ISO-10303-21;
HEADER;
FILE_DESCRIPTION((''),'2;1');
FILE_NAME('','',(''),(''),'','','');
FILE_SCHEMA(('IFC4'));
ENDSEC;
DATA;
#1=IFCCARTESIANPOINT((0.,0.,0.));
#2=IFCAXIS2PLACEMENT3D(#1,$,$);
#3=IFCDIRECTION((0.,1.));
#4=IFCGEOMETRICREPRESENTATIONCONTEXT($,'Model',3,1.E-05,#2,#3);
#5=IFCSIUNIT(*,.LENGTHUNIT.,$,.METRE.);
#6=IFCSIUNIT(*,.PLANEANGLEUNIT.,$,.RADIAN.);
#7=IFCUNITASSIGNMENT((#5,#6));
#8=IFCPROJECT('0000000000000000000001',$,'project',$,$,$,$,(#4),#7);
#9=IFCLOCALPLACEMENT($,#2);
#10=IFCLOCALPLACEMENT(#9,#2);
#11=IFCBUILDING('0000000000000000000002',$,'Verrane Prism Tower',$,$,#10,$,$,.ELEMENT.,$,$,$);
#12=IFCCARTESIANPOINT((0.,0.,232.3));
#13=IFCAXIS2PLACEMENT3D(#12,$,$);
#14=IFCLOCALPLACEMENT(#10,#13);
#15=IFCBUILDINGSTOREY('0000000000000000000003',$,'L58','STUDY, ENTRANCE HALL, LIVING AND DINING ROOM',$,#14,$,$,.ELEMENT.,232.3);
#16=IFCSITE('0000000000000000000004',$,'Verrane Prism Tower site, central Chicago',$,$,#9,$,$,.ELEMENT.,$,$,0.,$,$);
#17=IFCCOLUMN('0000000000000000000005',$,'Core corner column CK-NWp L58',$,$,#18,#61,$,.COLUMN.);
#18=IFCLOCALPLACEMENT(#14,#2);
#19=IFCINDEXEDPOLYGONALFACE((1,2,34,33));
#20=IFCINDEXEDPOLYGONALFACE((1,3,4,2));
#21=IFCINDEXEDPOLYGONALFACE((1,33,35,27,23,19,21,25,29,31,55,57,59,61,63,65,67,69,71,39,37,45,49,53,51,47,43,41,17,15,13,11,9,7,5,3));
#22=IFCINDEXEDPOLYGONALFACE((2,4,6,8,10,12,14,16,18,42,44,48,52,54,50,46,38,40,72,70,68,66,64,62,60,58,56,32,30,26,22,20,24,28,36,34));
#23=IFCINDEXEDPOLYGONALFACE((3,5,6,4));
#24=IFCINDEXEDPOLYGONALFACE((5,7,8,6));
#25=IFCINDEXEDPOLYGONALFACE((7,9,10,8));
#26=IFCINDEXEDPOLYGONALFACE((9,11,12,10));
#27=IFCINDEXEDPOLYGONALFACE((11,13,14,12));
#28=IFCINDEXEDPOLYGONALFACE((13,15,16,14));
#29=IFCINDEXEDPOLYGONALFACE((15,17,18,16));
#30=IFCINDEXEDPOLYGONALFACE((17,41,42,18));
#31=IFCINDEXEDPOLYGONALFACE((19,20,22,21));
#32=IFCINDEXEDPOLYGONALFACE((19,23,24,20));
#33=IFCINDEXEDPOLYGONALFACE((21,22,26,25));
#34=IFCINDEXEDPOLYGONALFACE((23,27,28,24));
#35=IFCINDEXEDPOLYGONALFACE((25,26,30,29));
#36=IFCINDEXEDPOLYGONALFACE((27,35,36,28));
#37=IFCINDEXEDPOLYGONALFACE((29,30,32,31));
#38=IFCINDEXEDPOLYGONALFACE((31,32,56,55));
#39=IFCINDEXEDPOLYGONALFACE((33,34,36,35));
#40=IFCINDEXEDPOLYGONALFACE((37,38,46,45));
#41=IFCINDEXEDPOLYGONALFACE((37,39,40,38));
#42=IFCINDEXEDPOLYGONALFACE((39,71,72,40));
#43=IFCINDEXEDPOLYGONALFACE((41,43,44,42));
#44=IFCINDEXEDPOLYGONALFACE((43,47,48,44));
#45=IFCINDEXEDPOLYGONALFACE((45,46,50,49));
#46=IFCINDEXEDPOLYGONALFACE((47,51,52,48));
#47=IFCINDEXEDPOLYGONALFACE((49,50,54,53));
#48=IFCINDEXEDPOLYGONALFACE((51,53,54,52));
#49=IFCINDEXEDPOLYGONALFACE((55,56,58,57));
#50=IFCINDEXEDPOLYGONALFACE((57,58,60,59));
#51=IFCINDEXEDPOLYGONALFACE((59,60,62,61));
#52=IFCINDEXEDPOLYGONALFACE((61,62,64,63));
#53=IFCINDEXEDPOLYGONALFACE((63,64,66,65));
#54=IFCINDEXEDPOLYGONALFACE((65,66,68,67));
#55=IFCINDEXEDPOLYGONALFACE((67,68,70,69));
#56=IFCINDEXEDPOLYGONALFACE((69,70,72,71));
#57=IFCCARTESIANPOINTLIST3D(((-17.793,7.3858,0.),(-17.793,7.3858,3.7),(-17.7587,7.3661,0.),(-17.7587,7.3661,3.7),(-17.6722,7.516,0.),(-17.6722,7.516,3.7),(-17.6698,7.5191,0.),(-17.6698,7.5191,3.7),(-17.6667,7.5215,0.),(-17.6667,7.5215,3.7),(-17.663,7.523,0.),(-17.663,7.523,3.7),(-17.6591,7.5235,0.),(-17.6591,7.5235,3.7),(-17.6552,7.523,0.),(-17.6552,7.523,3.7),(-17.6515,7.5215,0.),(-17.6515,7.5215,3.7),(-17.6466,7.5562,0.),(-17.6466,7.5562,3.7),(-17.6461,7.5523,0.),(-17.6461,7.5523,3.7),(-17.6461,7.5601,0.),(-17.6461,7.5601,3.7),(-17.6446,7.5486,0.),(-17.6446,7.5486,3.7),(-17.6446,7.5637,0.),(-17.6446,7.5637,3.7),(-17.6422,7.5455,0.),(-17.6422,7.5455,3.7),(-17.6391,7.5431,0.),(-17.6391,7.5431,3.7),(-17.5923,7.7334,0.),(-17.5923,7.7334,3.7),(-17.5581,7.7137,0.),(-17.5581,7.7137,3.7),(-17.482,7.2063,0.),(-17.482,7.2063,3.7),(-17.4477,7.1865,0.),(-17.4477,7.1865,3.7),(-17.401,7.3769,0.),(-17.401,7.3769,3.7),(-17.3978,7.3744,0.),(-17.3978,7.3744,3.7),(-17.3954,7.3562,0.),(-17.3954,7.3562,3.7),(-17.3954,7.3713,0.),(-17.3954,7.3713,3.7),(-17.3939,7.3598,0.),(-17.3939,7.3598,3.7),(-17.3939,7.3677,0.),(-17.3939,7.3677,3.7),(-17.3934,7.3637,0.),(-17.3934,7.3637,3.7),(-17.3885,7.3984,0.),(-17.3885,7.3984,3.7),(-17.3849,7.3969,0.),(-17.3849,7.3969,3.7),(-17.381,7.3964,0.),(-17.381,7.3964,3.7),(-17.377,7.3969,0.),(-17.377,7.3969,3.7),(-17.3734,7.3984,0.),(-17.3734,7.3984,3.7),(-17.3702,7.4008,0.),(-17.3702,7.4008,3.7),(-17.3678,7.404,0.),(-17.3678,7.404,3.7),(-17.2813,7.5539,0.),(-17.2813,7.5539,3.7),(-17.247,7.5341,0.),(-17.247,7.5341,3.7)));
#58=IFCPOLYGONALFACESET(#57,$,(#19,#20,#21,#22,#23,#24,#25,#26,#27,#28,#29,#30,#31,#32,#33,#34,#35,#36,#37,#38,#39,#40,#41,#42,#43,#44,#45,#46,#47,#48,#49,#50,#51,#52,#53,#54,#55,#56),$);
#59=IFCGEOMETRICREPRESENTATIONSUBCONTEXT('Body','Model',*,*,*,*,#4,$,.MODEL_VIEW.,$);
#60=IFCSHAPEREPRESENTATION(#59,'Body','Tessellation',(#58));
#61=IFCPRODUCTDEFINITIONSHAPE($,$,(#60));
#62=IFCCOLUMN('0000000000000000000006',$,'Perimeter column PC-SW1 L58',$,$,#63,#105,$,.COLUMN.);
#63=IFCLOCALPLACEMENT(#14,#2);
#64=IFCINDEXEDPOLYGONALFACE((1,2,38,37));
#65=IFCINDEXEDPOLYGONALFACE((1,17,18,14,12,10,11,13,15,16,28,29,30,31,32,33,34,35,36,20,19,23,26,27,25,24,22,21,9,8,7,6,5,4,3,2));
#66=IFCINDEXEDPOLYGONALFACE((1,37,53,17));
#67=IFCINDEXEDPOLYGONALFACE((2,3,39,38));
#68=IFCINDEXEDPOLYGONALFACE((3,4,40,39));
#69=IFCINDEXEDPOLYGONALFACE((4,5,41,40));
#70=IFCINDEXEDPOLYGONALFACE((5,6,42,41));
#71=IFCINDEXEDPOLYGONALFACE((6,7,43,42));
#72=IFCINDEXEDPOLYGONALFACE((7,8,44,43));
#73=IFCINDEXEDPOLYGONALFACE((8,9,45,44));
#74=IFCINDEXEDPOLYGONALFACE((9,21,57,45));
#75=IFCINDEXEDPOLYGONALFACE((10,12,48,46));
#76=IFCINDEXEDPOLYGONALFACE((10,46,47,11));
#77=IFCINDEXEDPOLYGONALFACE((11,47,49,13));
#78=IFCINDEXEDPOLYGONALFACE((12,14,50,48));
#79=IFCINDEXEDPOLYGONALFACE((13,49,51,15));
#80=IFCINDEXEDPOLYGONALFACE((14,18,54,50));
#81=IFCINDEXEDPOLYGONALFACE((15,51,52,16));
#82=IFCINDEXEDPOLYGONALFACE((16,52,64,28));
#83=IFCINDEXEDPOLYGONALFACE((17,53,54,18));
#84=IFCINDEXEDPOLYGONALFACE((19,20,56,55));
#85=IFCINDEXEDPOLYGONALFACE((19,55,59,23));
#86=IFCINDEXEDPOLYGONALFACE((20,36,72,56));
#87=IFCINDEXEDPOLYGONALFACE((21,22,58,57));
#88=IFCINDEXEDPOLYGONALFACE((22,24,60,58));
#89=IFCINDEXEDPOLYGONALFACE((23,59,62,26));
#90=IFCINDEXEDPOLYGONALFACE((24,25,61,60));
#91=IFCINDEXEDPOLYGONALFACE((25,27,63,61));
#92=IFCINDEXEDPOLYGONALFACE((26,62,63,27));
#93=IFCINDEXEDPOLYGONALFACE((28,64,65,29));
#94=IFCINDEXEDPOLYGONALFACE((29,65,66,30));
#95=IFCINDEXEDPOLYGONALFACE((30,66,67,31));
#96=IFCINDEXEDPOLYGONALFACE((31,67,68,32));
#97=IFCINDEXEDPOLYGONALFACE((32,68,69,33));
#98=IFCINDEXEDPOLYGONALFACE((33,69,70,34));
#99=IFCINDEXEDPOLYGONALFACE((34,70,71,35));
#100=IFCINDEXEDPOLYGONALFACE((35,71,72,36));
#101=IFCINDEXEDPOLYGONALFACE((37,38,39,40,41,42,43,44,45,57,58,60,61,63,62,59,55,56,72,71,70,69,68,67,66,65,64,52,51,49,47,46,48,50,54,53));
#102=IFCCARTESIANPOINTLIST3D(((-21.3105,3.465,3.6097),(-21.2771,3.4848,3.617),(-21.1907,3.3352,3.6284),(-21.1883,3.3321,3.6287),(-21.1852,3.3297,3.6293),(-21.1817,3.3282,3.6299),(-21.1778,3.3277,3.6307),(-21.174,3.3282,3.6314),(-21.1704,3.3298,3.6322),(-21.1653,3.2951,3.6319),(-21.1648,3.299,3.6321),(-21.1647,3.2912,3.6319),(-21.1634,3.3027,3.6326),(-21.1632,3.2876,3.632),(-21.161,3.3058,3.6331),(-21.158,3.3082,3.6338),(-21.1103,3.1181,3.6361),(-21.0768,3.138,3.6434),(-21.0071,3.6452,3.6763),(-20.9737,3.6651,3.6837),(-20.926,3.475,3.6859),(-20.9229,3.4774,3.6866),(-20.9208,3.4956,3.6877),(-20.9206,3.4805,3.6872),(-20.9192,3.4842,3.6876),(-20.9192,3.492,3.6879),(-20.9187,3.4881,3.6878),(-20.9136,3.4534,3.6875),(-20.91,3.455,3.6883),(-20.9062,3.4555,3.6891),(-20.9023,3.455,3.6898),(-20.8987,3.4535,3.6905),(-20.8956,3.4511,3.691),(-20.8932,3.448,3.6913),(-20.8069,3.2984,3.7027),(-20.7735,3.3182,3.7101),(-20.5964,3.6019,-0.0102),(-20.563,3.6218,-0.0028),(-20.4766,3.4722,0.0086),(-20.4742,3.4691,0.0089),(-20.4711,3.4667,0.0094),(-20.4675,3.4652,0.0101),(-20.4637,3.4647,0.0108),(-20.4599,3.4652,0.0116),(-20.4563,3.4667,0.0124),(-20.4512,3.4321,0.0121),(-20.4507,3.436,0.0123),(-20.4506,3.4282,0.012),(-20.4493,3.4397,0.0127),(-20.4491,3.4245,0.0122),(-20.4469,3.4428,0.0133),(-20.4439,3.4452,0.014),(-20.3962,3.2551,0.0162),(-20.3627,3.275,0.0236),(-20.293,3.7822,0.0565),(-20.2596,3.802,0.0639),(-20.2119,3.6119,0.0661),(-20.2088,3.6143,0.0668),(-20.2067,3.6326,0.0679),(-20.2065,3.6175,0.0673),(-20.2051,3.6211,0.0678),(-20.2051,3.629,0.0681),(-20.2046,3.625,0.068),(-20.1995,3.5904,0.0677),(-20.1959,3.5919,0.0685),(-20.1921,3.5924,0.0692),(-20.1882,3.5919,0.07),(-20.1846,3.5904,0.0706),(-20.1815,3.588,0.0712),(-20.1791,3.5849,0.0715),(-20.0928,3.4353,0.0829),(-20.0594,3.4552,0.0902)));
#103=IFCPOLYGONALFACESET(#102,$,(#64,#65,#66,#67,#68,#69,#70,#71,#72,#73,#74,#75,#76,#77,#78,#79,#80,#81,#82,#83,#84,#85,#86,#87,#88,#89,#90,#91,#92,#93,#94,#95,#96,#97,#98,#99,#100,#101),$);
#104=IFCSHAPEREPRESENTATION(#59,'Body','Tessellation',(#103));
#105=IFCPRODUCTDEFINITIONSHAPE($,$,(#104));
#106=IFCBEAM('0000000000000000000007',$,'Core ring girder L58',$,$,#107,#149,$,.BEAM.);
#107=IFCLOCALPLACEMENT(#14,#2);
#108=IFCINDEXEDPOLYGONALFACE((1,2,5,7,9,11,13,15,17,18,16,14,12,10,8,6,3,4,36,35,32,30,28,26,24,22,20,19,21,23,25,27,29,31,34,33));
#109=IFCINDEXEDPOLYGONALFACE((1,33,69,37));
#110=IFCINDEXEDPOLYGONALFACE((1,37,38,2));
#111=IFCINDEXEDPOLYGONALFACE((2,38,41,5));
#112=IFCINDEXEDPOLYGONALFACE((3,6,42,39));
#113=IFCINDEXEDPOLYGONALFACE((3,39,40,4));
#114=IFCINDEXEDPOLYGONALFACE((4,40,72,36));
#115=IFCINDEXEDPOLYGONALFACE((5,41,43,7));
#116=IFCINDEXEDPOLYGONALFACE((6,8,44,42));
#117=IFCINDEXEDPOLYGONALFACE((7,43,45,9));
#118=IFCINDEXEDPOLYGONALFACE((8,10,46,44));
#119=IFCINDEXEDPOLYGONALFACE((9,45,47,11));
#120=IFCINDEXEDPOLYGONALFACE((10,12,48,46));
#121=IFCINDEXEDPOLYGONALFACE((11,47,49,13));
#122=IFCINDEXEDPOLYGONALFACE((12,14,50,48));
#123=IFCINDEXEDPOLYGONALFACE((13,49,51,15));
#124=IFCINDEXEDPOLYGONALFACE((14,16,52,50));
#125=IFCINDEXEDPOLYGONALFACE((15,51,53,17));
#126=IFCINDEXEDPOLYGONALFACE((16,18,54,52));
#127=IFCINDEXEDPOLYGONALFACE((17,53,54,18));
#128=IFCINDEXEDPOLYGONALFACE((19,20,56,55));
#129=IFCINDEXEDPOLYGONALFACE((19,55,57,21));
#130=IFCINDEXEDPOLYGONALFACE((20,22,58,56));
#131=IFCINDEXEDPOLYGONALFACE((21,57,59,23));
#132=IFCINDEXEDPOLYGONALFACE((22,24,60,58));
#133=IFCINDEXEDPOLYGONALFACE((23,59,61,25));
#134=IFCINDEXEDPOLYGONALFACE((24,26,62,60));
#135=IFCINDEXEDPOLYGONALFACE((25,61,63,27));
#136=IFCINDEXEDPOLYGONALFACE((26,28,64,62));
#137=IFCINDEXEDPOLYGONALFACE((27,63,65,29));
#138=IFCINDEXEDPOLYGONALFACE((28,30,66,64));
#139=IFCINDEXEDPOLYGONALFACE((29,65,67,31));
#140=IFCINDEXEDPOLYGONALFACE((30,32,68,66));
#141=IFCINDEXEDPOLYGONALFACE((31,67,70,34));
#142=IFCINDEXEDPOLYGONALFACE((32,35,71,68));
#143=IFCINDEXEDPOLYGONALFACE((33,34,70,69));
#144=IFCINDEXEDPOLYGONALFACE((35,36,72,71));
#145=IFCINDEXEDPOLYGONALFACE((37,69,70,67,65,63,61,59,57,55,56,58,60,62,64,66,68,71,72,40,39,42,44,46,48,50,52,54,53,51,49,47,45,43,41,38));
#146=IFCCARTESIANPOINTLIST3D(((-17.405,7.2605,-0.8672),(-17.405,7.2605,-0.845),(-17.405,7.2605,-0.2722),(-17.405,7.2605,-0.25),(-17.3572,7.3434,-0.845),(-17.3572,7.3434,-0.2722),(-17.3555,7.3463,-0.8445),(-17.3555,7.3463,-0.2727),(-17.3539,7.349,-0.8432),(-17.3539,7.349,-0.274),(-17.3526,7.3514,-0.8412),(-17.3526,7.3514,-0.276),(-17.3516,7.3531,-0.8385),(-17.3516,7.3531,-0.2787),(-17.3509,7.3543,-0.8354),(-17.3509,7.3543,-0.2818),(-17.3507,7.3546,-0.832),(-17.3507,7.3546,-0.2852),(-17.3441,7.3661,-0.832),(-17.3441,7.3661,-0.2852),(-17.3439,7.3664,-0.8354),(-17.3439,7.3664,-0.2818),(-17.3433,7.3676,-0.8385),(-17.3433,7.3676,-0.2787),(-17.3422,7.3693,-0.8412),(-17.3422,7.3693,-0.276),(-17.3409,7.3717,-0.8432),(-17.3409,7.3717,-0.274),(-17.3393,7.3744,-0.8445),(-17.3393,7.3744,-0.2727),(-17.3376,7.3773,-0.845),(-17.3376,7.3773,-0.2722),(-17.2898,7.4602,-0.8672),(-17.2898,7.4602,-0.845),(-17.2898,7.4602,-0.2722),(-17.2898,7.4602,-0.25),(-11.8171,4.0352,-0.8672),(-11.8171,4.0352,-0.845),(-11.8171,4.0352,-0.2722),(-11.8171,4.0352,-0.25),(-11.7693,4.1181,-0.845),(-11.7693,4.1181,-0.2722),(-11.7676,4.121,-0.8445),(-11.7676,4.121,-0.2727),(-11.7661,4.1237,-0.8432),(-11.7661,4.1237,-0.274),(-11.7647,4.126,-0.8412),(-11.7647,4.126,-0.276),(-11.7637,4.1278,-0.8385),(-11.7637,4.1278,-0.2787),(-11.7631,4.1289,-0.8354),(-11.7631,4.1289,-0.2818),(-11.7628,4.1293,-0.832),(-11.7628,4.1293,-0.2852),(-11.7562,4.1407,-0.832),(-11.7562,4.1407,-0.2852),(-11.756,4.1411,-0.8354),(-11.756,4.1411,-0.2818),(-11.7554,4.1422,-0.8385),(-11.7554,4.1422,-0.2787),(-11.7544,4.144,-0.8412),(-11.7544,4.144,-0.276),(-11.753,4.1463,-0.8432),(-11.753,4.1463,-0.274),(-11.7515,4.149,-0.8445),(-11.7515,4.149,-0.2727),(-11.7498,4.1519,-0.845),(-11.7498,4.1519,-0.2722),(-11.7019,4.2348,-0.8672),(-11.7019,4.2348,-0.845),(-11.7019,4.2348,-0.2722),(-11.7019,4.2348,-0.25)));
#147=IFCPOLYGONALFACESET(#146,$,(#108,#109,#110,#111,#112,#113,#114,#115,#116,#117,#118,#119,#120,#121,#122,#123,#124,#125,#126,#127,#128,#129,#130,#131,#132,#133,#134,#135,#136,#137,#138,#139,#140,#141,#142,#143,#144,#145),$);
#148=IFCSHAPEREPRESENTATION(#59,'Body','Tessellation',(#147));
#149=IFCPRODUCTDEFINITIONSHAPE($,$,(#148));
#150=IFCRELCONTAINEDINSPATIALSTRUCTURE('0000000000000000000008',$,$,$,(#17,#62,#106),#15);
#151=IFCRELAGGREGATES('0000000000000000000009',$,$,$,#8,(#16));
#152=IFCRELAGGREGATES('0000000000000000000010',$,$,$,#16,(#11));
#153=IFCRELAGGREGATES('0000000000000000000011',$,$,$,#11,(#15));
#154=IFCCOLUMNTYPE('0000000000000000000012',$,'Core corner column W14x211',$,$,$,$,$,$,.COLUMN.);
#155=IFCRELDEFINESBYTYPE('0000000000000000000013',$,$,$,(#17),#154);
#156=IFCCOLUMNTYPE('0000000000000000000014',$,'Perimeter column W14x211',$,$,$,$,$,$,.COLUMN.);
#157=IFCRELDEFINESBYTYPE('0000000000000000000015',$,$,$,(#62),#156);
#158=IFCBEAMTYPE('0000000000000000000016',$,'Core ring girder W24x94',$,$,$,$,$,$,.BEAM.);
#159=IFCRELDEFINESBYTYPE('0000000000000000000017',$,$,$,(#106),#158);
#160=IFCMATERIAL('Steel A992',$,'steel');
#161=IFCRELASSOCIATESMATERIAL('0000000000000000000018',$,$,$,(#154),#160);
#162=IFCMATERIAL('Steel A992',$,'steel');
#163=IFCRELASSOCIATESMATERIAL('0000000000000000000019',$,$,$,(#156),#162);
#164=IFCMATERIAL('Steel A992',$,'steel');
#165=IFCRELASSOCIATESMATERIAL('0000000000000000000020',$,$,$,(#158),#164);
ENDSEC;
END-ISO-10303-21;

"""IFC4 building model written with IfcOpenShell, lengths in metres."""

from ifc_helpers import new_model, si_unit, direction, frame, origin, origin_2d, place, context, subcontext, project, spatial, i_section, extrude, material, material_profile, profile_set, type_object, element, save


model = new_model("IFC4")

# Units and contexts
model_context = context("Model", 3, precision=1e-05, world=origin(), true_north=direction((0.0, 1.0)))
body_context = subcontext(model_context, "Body", "Model", "MODEL_VIEW")
ifc_project = project(units=[si_unit("LENGTHUNIT", "METRE"), si_unit("PLANEANGLEUNIT", "RADIAN")], contexts=[model_context])

# Site, building, storey
site_placement = place(None, origin())
site = spatial("IfcSite", under=ifc_project, at=site_placement, Name="Verrane Prism Tower site, central Chicago", CompositionType="ELEMENT", RefElevation=0.0)
building_placement = place(site_placement, origin())
building = spatial("IfcBuilding", under=site, at=building_placement, Name="Verrane Prism Tower", CompositionType="ELEMENT")
storey_placement = place(building_placement, frame((0.0, 0.0, 232.3)))
storey = spatial("IfcBuildingStorey", under=building, at=storey_placement, Name="L58", Description="STUDY, ENTRANCE HALL, LIVING AND DINING ROOM", CompositionType="ELEMENT", Elevation=232.3)

# Columns
ifc_material_1 = material(Name="Steel A992", Category="steel")
ifc_material_profile_1 = material_profile(ifc_material_1, i_section(OverallWidth=0.4014, OverallDepth=0.3987, WebThickness=0.0249, FlangeThickness=0.0396, FilletRadius=0.0151, at=origin_2d()), Name="W14x211")
ifc_profile_set_1 = profile_set([ifc_material_profile_1], Name="Steel A992")
column_type_1 = type_object("IfcColumnType", Name="Core corner column W14x211", PredefinedType="COLUMN", material=ifc_profile_set_1)
column_1_placement = place(storey_placement, frame((-17.52, 7.46, 0.0), z_axis=(0.0, 0.0, 1.0), x_axis=(0.5, 0.866025, 0.0)))
element("IfcColumn", 1, at=column_1_placement, inside=storey, type_object=column_type_1, Name="Core corner column CK-NWp L58", PredefinedType="COLUMN", context=body_context, shape_type="SweptSolid", body=[
    extrude(i_section(OverallWidth=0.4014, OverallDepth=0.3987, WebThickness=0.0249, FlangeThickness=0.0396, FilletRadius=0.0151, at=origin_2d()), origin(), (0.0, 0.0, 1.0), 3.7),
])
ifc_material_2 = material(Name="Steel A992", Category="steel")
ifc_material_profile_2 = material_profile(ifc_material_2, i_section(OverallWidth=0.4014, OverallDepth=0.3987, WebThickness=0.0249, FlangeThickness=0.0396, FilletRadius=0.0151, at=origin_2d()), Name="W14x211")
ifc_profile_set_2 = profile_set([ifc_material_profile_2], Name="Steel A992")
column_type_2 = type_object("IfcColumnType", Name="Perimeter column W14x211", PredefinedType="COLUMN", material=ifc_profile_set_2)
column_2_placement = place(storey_placement, frame((-20.3279, 3.5286, 0.04), z_axis=(-0.193412, -0.037095, 0.980416), x_axis=(-0.498932, 0.864145, -0.065731)))
element("IfcColumn", 2, at=column_2_placement, inside=storey, type_object=column_type_2, Name="Perimeter column PC-SW1 L58", PredefinedType="COLUMN", context=body_context, shape_type="SweptSolid", body=[
    extrude(i_section(OverallWidth=0.4014, OverallDepth=0.3987, WebThickness=0.0249, FlangeThickness=0.0396, FilletRadius=0.0151, at=origin_2d()), origin(), (0.0, 0.0, 1.0), 3.6921),
])

# Beam
ifc_material_3 = material(Name="Steel A992", Category="steel")
ifc_material_profile_3 = material_profile(ifc_material_3, i_section(OverallWidth=0.2305, OverallDepth=0.6172, WebThickness=0.0132, FlangeThickness=0.0222, FilletRadius=0.0129, at=origin_2d()), Name="W24x94")
ifc_profile_set_3 = profile_set([ifc_material_profile_3], Name="Steel A992")
beam_type_1 = type_object("IfcBeamType", Name="Core ring girder W24x94", PredefinedType="BEAM", material=ifc_profile_set_3)
beam_1_placement = place(storey_placement, frame((-17.3474, 7.3604, -0.5586), z_axis=(0.866081, -0.499904, 0.0), x_axis=(0.499904, 0.866081, 0.0)))
element("IfcBeam", 3, at=beam_1_placement, inside=storey, type_object=beam_type_1, Name="Core ring girder L58", PredefinedType="BEAM", context=body_context, shape_type="SweptSolid", body=[
    extrude(i_section(OverallWidth=0.2305, OverallDepth=0.6172, WebThickness=0.0132, FlangeThickness=0.0222, FilletRadius=0.0129, at=origin_2d()), origin(), (0.0, 0.0, 1.0), 6.4519),
])

save(model, "model.ifc")
